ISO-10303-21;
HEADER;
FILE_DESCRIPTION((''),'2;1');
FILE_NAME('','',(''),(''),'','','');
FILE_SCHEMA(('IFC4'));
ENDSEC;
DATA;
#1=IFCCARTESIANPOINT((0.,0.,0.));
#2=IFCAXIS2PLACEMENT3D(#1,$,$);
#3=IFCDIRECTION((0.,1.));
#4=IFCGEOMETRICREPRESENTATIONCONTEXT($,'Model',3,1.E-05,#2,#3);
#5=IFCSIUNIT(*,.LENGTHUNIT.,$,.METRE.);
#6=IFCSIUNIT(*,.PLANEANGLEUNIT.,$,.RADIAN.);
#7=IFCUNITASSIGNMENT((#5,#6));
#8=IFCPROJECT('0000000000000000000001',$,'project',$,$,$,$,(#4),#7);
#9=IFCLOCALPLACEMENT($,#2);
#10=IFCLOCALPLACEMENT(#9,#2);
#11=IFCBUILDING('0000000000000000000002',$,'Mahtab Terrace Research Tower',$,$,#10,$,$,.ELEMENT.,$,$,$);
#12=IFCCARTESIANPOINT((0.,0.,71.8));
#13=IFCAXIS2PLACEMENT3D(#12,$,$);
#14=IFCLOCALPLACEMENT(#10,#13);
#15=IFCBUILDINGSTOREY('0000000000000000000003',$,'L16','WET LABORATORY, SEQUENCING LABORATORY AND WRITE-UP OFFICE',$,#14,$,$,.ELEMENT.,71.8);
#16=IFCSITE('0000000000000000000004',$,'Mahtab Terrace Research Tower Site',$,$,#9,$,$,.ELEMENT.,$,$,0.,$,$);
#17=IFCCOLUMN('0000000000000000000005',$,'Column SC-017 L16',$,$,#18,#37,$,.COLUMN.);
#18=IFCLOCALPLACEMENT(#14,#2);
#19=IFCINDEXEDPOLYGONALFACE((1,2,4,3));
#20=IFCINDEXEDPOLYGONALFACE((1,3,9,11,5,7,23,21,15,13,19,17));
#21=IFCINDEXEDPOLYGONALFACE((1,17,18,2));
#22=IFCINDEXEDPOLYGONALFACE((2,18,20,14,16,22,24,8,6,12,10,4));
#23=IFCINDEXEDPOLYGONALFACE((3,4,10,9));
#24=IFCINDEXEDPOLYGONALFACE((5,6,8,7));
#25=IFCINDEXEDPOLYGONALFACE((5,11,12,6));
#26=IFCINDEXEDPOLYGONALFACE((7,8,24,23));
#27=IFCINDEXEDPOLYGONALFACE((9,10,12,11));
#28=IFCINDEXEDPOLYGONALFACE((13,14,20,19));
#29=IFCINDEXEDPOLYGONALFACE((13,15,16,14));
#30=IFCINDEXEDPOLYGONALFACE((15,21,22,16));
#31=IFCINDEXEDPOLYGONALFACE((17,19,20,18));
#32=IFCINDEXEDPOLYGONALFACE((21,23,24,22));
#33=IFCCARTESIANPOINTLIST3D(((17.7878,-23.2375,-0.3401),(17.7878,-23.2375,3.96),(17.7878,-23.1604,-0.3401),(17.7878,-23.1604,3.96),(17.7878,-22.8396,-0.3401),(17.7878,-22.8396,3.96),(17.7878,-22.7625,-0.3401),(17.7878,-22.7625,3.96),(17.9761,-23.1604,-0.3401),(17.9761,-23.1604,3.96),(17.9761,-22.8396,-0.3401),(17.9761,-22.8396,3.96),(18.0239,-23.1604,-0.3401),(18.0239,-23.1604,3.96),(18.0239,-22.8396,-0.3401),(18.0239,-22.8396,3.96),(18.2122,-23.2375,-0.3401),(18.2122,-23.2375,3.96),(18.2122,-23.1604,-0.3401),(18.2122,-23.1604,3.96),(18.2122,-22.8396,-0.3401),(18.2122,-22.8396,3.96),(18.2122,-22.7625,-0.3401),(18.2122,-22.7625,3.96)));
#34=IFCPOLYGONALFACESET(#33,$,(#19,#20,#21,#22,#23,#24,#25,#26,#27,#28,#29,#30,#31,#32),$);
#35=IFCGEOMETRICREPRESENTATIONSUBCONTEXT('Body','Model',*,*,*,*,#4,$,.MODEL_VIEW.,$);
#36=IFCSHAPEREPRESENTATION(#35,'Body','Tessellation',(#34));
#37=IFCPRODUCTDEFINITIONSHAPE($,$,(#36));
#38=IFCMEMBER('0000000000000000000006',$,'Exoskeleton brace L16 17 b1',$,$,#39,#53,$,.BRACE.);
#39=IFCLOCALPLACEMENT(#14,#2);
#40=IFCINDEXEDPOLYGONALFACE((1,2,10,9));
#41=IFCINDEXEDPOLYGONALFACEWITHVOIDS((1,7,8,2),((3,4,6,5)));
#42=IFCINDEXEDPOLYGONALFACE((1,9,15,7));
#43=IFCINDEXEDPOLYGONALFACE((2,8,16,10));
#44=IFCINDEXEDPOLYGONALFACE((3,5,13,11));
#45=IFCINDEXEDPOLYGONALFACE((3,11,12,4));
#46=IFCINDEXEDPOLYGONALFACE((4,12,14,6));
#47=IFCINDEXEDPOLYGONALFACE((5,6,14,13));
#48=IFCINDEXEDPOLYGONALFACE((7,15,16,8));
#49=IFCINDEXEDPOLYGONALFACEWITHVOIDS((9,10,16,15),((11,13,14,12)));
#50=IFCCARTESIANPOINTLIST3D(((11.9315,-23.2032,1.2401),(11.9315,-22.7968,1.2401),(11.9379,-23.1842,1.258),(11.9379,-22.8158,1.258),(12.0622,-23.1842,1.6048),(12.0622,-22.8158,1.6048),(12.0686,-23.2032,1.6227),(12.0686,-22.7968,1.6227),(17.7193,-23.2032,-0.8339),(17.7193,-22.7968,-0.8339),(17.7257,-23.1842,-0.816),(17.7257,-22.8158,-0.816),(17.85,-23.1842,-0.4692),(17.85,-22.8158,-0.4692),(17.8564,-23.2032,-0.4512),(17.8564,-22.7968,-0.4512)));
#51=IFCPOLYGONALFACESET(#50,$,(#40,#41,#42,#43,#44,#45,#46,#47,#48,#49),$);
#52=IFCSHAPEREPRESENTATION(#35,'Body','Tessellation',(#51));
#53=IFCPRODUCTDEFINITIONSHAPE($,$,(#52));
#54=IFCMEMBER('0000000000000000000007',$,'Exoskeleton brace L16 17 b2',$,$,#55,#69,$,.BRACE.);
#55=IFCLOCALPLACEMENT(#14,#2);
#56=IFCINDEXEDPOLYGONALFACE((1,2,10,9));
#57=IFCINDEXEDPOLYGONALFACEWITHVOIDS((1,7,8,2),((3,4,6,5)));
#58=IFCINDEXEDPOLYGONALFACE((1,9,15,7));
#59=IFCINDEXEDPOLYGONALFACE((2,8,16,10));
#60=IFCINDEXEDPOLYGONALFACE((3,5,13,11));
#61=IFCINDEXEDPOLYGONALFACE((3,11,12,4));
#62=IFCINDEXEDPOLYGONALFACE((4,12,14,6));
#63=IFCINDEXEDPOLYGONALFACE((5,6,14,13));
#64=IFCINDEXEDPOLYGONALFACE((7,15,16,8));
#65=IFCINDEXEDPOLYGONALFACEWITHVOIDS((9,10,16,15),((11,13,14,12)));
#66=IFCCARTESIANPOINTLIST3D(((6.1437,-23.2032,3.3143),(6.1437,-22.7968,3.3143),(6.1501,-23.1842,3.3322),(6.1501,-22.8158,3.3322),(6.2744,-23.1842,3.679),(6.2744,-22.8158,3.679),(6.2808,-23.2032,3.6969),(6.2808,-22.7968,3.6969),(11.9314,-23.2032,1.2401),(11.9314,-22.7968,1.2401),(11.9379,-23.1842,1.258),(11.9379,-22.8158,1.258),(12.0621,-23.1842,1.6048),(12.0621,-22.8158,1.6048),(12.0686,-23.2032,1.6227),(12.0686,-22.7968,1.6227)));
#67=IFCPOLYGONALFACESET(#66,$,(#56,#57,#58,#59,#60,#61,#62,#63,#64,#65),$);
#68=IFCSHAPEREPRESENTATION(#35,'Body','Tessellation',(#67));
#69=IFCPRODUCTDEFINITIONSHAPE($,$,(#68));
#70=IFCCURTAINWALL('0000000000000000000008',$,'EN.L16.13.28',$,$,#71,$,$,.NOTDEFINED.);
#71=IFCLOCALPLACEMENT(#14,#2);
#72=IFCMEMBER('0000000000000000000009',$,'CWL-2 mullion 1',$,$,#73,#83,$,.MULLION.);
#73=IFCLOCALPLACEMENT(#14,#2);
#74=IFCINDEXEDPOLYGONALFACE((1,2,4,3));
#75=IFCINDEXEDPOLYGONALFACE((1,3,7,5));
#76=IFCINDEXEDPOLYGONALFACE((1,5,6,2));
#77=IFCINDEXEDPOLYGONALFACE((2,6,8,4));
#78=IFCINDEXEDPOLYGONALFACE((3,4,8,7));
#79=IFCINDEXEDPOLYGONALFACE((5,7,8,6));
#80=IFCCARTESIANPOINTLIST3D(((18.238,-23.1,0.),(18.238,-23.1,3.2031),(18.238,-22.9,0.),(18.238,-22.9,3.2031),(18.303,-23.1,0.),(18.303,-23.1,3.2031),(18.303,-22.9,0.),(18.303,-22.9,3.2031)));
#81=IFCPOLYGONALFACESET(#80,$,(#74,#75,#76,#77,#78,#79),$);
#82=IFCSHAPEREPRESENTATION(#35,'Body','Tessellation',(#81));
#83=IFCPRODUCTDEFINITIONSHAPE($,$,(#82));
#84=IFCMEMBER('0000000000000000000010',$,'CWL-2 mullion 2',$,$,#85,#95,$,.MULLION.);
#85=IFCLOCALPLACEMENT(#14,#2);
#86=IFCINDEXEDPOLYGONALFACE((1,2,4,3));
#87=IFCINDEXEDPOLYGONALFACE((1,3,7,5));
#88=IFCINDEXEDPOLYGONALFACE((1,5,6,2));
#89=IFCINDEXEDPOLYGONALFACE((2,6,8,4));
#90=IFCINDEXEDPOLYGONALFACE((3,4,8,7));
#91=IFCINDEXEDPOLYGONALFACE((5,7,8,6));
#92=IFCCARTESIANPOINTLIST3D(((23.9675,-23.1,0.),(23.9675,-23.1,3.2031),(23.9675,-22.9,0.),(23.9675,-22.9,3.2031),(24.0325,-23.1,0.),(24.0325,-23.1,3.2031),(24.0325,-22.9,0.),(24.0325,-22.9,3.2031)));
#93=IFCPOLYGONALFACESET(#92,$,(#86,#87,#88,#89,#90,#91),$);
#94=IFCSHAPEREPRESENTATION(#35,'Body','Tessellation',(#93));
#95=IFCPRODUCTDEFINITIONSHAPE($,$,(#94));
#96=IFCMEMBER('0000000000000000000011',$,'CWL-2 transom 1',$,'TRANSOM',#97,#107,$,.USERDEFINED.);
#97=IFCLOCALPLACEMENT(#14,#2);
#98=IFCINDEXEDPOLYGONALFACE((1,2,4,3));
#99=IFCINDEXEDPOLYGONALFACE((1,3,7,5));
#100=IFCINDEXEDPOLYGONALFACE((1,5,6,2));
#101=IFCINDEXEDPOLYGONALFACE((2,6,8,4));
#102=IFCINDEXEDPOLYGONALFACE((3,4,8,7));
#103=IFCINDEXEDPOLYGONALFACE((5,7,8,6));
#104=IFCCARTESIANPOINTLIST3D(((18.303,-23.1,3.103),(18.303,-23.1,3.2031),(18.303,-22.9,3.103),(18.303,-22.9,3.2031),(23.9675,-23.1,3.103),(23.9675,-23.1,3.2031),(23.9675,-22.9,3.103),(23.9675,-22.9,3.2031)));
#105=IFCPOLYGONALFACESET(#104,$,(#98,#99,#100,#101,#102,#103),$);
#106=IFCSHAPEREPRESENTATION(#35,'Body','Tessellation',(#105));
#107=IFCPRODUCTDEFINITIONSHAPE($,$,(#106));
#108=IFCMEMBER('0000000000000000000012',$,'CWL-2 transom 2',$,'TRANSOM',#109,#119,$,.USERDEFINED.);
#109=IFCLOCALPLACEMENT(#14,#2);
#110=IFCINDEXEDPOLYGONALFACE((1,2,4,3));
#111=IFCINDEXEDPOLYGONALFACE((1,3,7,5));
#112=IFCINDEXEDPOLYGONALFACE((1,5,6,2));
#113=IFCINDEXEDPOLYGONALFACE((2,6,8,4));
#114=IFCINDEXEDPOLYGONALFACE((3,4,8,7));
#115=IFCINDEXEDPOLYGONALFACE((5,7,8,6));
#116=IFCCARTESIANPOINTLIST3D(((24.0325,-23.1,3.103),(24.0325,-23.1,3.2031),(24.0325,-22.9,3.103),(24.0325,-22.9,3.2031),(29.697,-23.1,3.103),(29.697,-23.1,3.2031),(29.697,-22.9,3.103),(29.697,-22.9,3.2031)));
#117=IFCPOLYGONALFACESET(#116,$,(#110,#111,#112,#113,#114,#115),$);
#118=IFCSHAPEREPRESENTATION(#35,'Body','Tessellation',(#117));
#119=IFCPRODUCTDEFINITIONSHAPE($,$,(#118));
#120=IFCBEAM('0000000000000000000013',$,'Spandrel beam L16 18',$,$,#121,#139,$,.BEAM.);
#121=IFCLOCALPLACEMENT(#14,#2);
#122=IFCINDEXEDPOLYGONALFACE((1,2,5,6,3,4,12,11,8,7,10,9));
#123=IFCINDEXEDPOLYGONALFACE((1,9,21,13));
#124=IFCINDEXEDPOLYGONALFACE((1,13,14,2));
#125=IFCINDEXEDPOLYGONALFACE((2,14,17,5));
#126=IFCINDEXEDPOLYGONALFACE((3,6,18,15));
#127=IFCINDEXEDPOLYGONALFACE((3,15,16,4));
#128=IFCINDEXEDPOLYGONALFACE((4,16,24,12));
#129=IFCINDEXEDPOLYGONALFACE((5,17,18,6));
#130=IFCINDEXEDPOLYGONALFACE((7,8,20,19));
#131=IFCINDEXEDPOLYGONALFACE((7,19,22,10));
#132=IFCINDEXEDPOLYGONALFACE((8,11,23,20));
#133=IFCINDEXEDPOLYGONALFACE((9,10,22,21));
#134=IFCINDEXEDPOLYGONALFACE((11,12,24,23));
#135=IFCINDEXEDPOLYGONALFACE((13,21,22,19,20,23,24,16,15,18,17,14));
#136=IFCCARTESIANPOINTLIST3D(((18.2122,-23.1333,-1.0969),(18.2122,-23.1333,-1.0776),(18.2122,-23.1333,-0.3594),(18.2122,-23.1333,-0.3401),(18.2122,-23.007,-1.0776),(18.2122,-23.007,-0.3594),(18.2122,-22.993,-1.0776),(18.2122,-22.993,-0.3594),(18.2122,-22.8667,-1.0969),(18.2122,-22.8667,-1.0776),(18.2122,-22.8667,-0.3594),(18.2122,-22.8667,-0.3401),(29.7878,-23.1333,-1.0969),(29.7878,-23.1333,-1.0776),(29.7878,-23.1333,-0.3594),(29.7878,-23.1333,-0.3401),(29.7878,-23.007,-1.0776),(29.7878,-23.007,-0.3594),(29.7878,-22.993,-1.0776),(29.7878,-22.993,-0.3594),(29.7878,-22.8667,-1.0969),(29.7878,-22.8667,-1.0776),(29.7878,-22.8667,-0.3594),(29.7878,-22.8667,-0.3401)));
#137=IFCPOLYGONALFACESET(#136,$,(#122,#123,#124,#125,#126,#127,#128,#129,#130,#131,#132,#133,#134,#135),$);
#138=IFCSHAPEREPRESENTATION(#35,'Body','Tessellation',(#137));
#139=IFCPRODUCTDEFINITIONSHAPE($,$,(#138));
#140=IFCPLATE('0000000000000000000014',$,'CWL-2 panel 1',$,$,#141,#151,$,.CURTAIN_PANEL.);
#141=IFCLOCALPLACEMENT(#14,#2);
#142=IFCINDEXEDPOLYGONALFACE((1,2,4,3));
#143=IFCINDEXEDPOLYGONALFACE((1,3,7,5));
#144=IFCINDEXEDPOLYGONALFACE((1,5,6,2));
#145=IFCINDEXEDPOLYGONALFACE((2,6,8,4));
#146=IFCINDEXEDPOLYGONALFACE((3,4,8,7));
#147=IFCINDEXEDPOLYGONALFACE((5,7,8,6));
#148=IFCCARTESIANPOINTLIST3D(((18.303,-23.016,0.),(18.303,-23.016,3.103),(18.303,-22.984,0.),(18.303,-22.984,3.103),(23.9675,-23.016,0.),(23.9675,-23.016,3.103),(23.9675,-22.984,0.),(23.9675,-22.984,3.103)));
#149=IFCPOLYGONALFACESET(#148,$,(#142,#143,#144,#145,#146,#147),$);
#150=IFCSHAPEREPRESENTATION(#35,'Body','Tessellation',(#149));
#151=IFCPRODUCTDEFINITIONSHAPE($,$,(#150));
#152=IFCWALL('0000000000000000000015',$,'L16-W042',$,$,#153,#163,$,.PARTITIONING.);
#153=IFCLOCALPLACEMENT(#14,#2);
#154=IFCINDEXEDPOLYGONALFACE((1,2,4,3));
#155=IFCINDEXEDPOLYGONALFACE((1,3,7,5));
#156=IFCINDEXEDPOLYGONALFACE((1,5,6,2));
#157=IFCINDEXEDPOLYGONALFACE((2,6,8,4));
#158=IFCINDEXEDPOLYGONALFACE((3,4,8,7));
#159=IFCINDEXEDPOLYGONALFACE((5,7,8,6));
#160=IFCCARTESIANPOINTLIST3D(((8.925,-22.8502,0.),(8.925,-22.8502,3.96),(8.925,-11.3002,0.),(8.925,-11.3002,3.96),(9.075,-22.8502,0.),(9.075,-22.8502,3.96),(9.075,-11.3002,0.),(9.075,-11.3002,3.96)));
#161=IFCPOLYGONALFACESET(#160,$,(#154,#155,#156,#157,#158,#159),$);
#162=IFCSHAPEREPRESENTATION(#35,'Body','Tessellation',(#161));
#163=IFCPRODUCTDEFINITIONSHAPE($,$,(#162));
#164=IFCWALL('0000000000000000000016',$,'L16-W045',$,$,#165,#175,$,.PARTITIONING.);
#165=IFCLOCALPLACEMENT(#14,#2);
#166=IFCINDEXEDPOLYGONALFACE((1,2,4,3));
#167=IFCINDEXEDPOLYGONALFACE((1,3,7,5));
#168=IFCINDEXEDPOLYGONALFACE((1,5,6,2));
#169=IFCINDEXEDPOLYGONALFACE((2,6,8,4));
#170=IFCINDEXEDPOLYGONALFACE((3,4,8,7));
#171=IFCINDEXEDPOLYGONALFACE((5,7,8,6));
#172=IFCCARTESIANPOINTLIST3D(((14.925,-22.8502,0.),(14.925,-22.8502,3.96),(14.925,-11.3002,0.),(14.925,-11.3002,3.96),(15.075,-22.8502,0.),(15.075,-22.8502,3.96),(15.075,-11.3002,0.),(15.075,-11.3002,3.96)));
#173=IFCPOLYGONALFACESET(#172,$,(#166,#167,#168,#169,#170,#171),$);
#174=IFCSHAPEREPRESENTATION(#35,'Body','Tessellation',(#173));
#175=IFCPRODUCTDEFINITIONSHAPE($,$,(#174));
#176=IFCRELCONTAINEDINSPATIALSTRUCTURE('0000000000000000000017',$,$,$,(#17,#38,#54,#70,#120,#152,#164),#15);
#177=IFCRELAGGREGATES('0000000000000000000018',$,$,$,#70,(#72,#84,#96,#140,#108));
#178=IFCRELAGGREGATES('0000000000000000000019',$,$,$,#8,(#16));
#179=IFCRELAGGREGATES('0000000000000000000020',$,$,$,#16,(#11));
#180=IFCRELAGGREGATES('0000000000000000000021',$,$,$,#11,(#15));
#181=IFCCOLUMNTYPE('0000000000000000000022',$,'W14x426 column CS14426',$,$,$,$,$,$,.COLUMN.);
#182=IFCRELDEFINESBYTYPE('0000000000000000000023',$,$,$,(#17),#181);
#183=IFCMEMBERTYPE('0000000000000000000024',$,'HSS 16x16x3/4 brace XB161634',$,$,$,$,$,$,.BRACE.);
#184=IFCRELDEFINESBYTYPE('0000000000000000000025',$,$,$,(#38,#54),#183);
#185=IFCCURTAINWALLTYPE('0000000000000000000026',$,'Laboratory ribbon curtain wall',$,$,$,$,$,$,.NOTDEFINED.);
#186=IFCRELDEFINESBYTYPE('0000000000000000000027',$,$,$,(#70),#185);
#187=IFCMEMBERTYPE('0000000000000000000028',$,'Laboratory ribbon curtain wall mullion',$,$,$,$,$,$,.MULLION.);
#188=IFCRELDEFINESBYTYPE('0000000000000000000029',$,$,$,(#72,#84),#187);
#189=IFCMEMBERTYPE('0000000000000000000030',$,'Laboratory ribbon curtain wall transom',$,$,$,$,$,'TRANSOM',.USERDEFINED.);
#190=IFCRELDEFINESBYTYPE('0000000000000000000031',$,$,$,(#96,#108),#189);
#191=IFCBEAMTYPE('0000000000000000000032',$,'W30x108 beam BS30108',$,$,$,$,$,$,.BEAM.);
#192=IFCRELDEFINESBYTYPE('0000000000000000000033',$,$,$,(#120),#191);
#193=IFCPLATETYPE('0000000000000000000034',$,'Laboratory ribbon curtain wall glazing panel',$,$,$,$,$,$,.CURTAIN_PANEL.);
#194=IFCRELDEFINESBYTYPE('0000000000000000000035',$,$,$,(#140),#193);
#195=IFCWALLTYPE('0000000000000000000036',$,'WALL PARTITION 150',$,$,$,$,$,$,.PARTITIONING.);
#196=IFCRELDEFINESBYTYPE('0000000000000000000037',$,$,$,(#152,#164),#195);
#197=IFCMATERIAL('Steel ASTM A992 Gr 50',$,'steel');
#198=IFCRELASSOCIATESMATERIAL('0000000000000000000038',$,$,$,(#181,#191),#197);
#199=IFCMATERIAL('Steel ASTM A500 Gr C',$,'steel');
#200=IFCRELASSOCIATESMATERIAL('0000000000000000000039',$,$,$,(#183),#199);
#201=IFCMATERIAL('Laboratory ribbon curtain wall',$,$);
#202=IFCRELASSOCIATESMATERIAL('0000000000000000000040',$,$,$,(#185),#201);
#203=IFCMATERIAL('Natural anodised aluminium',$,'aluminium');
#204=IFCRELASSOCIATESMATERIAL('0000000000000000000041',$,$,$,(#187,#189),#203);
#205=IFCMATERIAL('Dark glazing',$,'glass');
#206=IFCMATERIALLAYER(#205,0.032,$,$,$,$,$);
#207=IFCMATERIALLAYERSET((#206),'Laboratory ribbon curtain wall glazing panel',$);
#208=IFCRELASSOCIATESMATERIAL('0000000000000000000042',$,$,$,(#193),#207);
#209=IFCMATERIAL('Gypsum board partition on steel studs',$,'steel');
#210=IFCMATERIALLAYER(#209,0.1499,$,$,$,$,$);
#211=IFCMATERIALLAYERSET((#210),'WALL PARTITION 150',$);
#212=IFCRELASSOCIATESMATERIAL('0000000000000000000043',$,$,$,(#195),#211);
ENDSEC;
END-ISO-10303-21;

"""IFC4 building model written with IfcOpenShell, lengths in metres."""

from ifc_helpers import new_model, si_unit, direction, frame, frame_2d, origin, origin_2d, place, context, subcontext, project, spatial, rectangle, hollow_rectangle, i_section, extrude, material, layer, layer_set, material_profile, profile_set, type_object, element, aggregate, save


model = new_model("IFC4")

# Units and contexts
model_context = context("Model", 3, precision=1e-05, world=origin(), true_north=direction((0.0, 1.0)))
body_context = subcontext(model_context, "Body", "Model", "MODEL_VIEW")
ifc_project = project(units=[si_unit("LENGTHUNIT", "METRE"), si_unit("PLANEANGLEUNIT", "RADIAN")], contexts=[model_context])

# Site, building, storey
site_placement = place(None, origin())
site = spatial("IfcSite", under=ifc_project, at=site_placement, Name="Mahtab Terrace Research Tower Site", CompositionType="ELEMENT", RefElevation=0.0)
building_placement = place(site_placement, origin())
building = spatial("IfcBuilding", under=site, at=building_placement, Name="Mahtab Terrace Research Tower", CompositionType="ELEMENT")
storey_placement = place(building_placement, frame((0.0, 0.0, 71.8)))
storey = spatial("IfcBuildingStorey", under=building, at=storey_placement, Name="L16", Description="WET LABORATORY, SEQUENCING LABORATORY AND WRITE-UP OFFICE", CompositionType="ELEMENT", Elevation=71.8)

# Column
ifc_material_1 = material(Name="Steel ASTM A992 Gr 50", Category="steel")
ifc_material_profile_1 = material_profile(ifc_material_1, i_section(OverallWidth=0.4243, OverallDepth=0.4751, WebThickness=0.0479, FlangeThickness=0.0771, at=origin_2d()), Name="W14X426")
ifc_profile_set_1 = profile_set([ifc_material_profile_1], Name="Steel ASTM A992 Gr 50")
column_type = type_object("IfcColumnType", Name="W14x426 column CS14426", PredefinedType="COLUMN", material=ifc_profile_set_1)
column_placement = place(storey_placement, frame((18.0, -23.0, -0.3401), z_axis=(0.0, 0.0, 1.0), x_axis=(1.0, 0.0, 0.0)))
element("IfcColumn", 1, at=column_placement, inside=storey, type_object=column_type, Name="Column SC-017 L16", PredefinedType="COLUMN", context=body_context, shape_type="SweptSolid", body=[
    extrude(i_section(OverallWidth=0.4243, OverallDepth=0.4751, WebThickness=0.0479, FlangeThickness=0.0771, at=origin_2d()), origin(), (0.0, 0.0, 1.0), 4.3),
])

# Members
ifc_material_2 = material(Name="Steel ASTM A500 Gr C", Category="steel")
ifc_material_profile_2 = material_profile(ifc_material_2, hollow_rectangle(XDim=0.4065, YDim=0.4065, WallThickness=0.019, at=origin_2d()), Name="HSS16X16X3/4")
ifc_profile_set_2 = profile_set([ifc_material_profile_2], Name="Steel ASTM A500 Gr C")
member_type_1 = type_object("IfcMemberType", Name="HSS 16x16x3/4 brace XB161634", PredefinedType="BRACE", material=ifc_profile_set_2)
for number, where, z_axis, x_axis, name in (
    (2, (17.7878, -23.0, -0.6426), (-0.941387, 0.0, 0.33733), (0.0, -1.0, 0.0), "Exoskeleton brace L16 17 b1"),
    (3, (12.0, -23.0, 1.4314), (-0.941374, 0.0, 0.337365), (0.0, -1.0, 0.0), "Exoskeleton brace L16 17 b2"),
):
    element("IfcMember", number, at=place(storey_placement, frame(where, z_axis=z_axis, x_axis=x_axis)), inside=storey, type_object=member_type_1, Name=name, PredefinedType="BRACE", context=body_context, shape_type="SweptSolid", body=[
        extrude(hollow_rectangle(XDim=0.4065, YDim=0.4065, WallThickness=0.019, at=origin_2d()), origin(), (0.0, 0.0, 1.0), 6.1482),
    ])

# Curtain wall, members
ifc_material_3 = material(Name="Laboratory ribbon curtain wall")
curtain_wall_type = type_object("IfcCurtainWallType", Name="Laboratory ribbon curtain wall", PredefinedType="NOTDEFINED", material=ifc_material_3)
curtain_wall_placement = place(storey_placement, origin())
curtain_wall = element("IfcCurtainWall", 4, at=curtain_wall_placement, inside=storey, type_object=curtain_wall_type, Name="EN.L16.13.28", PredefinedType="NOTDEFINED")
ifc_material_4 = material(Name="Natural anodised aluminium", Category="aluminium")
ifc_material_profile_3 = material_profile(ifc_material_4, rectangle(XDim=0.2, YDim=0.0649, at=origin_2d()), Name="MULLION 65x200")
ifc_profile_set_3 = profile_set([ifc_material_profile_3], Name="Natural anodised aluminium")
member_type_2 = type_object("IfcMemberType", Name="Laboratory ribbon curtain wall mullion", PredefinedType="MULLION", material=ifc_profile_set_3)
member_1_placement = place(storey_placement, frame((18.2705, -23.0, 0.0), z_axis=(0.0, 0.0, 1.0), x_axis=(0.0, 1.0, 0.0)))
member_1 = element("IfcMember", 5, at=member_1_placement, type_object=member_type_2, Name="CWL-2 mullion 1", PredefinedType="MULLION", context=body_context, shape_type="SweptSolid", body=[
    extrude(rectangle(XDim=0.2, YDim=0.0649, at=origin_2d()), origin(), (0.0, 0.0, 1.0), 3.2031),
])
member_2_placement = place(storey_placement, frame((24.0, -23.0, 0.0), z_axis=(0.0, 0.0, 1.0), x_axis=(0.0, 1.0, 0.0)))
member_2 = element("IfcMember", 6, at=member_2_placement, type_object=member_type_2, Name="CWL-2 mullion 2", PredefinedType="MULLION", context=body_context, shape_type="SweptSolid", body=[
    extrude(rectangle(XDim=0.2, YDim=0.0649, at=origin_2d()), origin(), (0.0, 0.0, 1.0), 3.2031),
])
ifc_material_profile_4 = material_profile(ifc_material_4, rectangle(XDim=0.2, YDim=0.1001, at=origin_2d()), Name="TRANSOM 100x200")
ifc_profile_set_4 = profile_set([ifc_material_profile_4], Name="Natural anodised aluminium")
member_type_3 = type_object("IfcMemberType", Name="Laboratory ribbon curtain wall transom", ElementType="TRANSOM", PredefinedType="USERDEFINED", material=ifc_profile_set_4)
member_3_placement = place(storey_placement, frame((18.303, -23.0, 3.1531), z_axis=(1.0, 0.0, 0.0), x_axis=(0.0, 1.0, 0.0)))
member_3 = element("IfcMember", 7, at=member_3_placement, type_object=member_type_3, Name="CWL-2 transom 1", ObjectType="TRANSOM", PredefinedType="USERDEFINED", context=body_context, shape_type="SweptSolid", body=[
    extrude(rectangle(XDim=0.2, YDim=0.1001, at=origin_2d()), origin(), (0.0, 0.0, 1.0), 5.6646),
])
member_4_placement = place(storey_placement, frame((24.0325, -23.0, 3.1531), z_axis=(1.0, 0.0, 0.0), x_axis=(0.0, 1.0, 0.0)))
member_4 = element("IfcMember", 8, at=member_4_placement, type_object=member_type_3, Name="CWL-2 transom 2", ObjectType="TRANSOM", PredefinedType="USERDEFINED", context=body_context, shape_type="SweptSolid", body=[
    extrude(rectangle(XDim=0.2, YDim=0.1001, at=origin_2d()), origin(), (0.0, 0.0, 1.0), 5.6646),
])

# Beam
ifc_material_profile_5 = material_profile(ifc_material_1, i_section(OverallWidth=0.2666, OverallDepth=0.7568, WebThickness=0.0139, FlangeThickness=0.0193, at=origin_2d()), Name="W30X108")
ifc_profile_set_5 = profile_set([ifc_material_profile_5], Name="Steel ASTM A992 Gr 50")
beam_type = type_object("IfcBeamType", Name="W30x108 beam BS30108", PredefinedType="BEAM", material=ifc_profile_set_5)
beam_placement = place(storey_placement, frame((18.2122, -23.0, -0.7185), z_axis=(1.0, 0.0, 0.0), x_axis=(0.0, 1.0, 0.0)))
element("IfcBeam", 9, at=beam_placement, inside=storey, type_object=beam_type, Name="Spandrel beam L16 18", PredefinedType="BEAM", context=body_context, shape_type="SweptSolid", body=[
    extrude(i_section(OverallWidth=0.2666, OverallDepth=0.7568, WebThickness=0.0139, FlangeThickness=0.0193, at=origin_2d()), origin(), (0.0, 0.0, 1.0), 11.5757),
])

# Plate
ifc_material_5 = material(Name="Dark glazing", Category="glass")
ifc_layer_1 = layer(ifc_material_5, 0.032)
ifc_layer_set_1 = layer_set([ifc_layer_1], Name="Laboratory ribbon curtain wall glazing panel")
plate_type = type_object("IfcPlateType", Name="Laboratory ribbon curtain wall glazing panel", PredefinedType="CURTAIN_PANEL", material=ifc_layer_set_1)
plate_placement = place(storey_placement, frame((21.1353, -23.0, 0.0), z_axis=(0.0, 0.0, 1.0), x_axis=(1.0, 0.0, 0.0)))
plate = element("IfcPlate", 10, at=plate_placement, type_object=plate_type, Name="CWL-2 panel 1", PredefinedType="CURTAIN_PANEL", context=body_context, shape_type="SweptSolid", body=[
    extrude(rectangle(XDim=5.6646, YDim=0.032, at=origin_2d()), origin(), (0.0, 0.0, 1.0), 3.103),
])
aggregate(curtain_wall, [member_1, member_2, member_3, plate, member_4])

# Walls
ifc_material_6 = material(Name="Gypsum board partition on steel studs", Category="steel")
ifc_layer_2 = layer(ifc_material_6, 0.1499)
ifc_layer_set_2 = layer_set([ifc_layer_2], Name="WALL PARTITION 150")
wall_type = type_object("IfcWallType", Name="WALL PARTITION 150", PredefinedType="PARTITIONING", material=ifc_layer_set_2)
for number, where, z_axis, x_axis, name in (
    (11, (9.0, -22.8501, 0.0), (0.0, 0.0, 1.0), (0.0, 1.0, 0.0), "L16-W042"),
    (12, (15.0, -22.8501, 0.0), (0.0, 0.0, 1.0), (0.0, 1.0, 0.0), "L16-W045"),
):
    element("IfcWall", number, at=place(storey_placement, frame(where, z_axis=z_axis, x_axis=x_axis)), inside=storey, type_object=wall_type, Name=name, PredefinedType="PARTITIONING", context=body_context, shape_type="SweptSolid", body=[
        extrude(rectangle(XDim=11.55, YDim=0.1499, at=frame_2d((5.7749, 0.0))), origin(), (0.0, 0.0, 1.0), 3.96),
    ])

save(model, "model.ifc")
